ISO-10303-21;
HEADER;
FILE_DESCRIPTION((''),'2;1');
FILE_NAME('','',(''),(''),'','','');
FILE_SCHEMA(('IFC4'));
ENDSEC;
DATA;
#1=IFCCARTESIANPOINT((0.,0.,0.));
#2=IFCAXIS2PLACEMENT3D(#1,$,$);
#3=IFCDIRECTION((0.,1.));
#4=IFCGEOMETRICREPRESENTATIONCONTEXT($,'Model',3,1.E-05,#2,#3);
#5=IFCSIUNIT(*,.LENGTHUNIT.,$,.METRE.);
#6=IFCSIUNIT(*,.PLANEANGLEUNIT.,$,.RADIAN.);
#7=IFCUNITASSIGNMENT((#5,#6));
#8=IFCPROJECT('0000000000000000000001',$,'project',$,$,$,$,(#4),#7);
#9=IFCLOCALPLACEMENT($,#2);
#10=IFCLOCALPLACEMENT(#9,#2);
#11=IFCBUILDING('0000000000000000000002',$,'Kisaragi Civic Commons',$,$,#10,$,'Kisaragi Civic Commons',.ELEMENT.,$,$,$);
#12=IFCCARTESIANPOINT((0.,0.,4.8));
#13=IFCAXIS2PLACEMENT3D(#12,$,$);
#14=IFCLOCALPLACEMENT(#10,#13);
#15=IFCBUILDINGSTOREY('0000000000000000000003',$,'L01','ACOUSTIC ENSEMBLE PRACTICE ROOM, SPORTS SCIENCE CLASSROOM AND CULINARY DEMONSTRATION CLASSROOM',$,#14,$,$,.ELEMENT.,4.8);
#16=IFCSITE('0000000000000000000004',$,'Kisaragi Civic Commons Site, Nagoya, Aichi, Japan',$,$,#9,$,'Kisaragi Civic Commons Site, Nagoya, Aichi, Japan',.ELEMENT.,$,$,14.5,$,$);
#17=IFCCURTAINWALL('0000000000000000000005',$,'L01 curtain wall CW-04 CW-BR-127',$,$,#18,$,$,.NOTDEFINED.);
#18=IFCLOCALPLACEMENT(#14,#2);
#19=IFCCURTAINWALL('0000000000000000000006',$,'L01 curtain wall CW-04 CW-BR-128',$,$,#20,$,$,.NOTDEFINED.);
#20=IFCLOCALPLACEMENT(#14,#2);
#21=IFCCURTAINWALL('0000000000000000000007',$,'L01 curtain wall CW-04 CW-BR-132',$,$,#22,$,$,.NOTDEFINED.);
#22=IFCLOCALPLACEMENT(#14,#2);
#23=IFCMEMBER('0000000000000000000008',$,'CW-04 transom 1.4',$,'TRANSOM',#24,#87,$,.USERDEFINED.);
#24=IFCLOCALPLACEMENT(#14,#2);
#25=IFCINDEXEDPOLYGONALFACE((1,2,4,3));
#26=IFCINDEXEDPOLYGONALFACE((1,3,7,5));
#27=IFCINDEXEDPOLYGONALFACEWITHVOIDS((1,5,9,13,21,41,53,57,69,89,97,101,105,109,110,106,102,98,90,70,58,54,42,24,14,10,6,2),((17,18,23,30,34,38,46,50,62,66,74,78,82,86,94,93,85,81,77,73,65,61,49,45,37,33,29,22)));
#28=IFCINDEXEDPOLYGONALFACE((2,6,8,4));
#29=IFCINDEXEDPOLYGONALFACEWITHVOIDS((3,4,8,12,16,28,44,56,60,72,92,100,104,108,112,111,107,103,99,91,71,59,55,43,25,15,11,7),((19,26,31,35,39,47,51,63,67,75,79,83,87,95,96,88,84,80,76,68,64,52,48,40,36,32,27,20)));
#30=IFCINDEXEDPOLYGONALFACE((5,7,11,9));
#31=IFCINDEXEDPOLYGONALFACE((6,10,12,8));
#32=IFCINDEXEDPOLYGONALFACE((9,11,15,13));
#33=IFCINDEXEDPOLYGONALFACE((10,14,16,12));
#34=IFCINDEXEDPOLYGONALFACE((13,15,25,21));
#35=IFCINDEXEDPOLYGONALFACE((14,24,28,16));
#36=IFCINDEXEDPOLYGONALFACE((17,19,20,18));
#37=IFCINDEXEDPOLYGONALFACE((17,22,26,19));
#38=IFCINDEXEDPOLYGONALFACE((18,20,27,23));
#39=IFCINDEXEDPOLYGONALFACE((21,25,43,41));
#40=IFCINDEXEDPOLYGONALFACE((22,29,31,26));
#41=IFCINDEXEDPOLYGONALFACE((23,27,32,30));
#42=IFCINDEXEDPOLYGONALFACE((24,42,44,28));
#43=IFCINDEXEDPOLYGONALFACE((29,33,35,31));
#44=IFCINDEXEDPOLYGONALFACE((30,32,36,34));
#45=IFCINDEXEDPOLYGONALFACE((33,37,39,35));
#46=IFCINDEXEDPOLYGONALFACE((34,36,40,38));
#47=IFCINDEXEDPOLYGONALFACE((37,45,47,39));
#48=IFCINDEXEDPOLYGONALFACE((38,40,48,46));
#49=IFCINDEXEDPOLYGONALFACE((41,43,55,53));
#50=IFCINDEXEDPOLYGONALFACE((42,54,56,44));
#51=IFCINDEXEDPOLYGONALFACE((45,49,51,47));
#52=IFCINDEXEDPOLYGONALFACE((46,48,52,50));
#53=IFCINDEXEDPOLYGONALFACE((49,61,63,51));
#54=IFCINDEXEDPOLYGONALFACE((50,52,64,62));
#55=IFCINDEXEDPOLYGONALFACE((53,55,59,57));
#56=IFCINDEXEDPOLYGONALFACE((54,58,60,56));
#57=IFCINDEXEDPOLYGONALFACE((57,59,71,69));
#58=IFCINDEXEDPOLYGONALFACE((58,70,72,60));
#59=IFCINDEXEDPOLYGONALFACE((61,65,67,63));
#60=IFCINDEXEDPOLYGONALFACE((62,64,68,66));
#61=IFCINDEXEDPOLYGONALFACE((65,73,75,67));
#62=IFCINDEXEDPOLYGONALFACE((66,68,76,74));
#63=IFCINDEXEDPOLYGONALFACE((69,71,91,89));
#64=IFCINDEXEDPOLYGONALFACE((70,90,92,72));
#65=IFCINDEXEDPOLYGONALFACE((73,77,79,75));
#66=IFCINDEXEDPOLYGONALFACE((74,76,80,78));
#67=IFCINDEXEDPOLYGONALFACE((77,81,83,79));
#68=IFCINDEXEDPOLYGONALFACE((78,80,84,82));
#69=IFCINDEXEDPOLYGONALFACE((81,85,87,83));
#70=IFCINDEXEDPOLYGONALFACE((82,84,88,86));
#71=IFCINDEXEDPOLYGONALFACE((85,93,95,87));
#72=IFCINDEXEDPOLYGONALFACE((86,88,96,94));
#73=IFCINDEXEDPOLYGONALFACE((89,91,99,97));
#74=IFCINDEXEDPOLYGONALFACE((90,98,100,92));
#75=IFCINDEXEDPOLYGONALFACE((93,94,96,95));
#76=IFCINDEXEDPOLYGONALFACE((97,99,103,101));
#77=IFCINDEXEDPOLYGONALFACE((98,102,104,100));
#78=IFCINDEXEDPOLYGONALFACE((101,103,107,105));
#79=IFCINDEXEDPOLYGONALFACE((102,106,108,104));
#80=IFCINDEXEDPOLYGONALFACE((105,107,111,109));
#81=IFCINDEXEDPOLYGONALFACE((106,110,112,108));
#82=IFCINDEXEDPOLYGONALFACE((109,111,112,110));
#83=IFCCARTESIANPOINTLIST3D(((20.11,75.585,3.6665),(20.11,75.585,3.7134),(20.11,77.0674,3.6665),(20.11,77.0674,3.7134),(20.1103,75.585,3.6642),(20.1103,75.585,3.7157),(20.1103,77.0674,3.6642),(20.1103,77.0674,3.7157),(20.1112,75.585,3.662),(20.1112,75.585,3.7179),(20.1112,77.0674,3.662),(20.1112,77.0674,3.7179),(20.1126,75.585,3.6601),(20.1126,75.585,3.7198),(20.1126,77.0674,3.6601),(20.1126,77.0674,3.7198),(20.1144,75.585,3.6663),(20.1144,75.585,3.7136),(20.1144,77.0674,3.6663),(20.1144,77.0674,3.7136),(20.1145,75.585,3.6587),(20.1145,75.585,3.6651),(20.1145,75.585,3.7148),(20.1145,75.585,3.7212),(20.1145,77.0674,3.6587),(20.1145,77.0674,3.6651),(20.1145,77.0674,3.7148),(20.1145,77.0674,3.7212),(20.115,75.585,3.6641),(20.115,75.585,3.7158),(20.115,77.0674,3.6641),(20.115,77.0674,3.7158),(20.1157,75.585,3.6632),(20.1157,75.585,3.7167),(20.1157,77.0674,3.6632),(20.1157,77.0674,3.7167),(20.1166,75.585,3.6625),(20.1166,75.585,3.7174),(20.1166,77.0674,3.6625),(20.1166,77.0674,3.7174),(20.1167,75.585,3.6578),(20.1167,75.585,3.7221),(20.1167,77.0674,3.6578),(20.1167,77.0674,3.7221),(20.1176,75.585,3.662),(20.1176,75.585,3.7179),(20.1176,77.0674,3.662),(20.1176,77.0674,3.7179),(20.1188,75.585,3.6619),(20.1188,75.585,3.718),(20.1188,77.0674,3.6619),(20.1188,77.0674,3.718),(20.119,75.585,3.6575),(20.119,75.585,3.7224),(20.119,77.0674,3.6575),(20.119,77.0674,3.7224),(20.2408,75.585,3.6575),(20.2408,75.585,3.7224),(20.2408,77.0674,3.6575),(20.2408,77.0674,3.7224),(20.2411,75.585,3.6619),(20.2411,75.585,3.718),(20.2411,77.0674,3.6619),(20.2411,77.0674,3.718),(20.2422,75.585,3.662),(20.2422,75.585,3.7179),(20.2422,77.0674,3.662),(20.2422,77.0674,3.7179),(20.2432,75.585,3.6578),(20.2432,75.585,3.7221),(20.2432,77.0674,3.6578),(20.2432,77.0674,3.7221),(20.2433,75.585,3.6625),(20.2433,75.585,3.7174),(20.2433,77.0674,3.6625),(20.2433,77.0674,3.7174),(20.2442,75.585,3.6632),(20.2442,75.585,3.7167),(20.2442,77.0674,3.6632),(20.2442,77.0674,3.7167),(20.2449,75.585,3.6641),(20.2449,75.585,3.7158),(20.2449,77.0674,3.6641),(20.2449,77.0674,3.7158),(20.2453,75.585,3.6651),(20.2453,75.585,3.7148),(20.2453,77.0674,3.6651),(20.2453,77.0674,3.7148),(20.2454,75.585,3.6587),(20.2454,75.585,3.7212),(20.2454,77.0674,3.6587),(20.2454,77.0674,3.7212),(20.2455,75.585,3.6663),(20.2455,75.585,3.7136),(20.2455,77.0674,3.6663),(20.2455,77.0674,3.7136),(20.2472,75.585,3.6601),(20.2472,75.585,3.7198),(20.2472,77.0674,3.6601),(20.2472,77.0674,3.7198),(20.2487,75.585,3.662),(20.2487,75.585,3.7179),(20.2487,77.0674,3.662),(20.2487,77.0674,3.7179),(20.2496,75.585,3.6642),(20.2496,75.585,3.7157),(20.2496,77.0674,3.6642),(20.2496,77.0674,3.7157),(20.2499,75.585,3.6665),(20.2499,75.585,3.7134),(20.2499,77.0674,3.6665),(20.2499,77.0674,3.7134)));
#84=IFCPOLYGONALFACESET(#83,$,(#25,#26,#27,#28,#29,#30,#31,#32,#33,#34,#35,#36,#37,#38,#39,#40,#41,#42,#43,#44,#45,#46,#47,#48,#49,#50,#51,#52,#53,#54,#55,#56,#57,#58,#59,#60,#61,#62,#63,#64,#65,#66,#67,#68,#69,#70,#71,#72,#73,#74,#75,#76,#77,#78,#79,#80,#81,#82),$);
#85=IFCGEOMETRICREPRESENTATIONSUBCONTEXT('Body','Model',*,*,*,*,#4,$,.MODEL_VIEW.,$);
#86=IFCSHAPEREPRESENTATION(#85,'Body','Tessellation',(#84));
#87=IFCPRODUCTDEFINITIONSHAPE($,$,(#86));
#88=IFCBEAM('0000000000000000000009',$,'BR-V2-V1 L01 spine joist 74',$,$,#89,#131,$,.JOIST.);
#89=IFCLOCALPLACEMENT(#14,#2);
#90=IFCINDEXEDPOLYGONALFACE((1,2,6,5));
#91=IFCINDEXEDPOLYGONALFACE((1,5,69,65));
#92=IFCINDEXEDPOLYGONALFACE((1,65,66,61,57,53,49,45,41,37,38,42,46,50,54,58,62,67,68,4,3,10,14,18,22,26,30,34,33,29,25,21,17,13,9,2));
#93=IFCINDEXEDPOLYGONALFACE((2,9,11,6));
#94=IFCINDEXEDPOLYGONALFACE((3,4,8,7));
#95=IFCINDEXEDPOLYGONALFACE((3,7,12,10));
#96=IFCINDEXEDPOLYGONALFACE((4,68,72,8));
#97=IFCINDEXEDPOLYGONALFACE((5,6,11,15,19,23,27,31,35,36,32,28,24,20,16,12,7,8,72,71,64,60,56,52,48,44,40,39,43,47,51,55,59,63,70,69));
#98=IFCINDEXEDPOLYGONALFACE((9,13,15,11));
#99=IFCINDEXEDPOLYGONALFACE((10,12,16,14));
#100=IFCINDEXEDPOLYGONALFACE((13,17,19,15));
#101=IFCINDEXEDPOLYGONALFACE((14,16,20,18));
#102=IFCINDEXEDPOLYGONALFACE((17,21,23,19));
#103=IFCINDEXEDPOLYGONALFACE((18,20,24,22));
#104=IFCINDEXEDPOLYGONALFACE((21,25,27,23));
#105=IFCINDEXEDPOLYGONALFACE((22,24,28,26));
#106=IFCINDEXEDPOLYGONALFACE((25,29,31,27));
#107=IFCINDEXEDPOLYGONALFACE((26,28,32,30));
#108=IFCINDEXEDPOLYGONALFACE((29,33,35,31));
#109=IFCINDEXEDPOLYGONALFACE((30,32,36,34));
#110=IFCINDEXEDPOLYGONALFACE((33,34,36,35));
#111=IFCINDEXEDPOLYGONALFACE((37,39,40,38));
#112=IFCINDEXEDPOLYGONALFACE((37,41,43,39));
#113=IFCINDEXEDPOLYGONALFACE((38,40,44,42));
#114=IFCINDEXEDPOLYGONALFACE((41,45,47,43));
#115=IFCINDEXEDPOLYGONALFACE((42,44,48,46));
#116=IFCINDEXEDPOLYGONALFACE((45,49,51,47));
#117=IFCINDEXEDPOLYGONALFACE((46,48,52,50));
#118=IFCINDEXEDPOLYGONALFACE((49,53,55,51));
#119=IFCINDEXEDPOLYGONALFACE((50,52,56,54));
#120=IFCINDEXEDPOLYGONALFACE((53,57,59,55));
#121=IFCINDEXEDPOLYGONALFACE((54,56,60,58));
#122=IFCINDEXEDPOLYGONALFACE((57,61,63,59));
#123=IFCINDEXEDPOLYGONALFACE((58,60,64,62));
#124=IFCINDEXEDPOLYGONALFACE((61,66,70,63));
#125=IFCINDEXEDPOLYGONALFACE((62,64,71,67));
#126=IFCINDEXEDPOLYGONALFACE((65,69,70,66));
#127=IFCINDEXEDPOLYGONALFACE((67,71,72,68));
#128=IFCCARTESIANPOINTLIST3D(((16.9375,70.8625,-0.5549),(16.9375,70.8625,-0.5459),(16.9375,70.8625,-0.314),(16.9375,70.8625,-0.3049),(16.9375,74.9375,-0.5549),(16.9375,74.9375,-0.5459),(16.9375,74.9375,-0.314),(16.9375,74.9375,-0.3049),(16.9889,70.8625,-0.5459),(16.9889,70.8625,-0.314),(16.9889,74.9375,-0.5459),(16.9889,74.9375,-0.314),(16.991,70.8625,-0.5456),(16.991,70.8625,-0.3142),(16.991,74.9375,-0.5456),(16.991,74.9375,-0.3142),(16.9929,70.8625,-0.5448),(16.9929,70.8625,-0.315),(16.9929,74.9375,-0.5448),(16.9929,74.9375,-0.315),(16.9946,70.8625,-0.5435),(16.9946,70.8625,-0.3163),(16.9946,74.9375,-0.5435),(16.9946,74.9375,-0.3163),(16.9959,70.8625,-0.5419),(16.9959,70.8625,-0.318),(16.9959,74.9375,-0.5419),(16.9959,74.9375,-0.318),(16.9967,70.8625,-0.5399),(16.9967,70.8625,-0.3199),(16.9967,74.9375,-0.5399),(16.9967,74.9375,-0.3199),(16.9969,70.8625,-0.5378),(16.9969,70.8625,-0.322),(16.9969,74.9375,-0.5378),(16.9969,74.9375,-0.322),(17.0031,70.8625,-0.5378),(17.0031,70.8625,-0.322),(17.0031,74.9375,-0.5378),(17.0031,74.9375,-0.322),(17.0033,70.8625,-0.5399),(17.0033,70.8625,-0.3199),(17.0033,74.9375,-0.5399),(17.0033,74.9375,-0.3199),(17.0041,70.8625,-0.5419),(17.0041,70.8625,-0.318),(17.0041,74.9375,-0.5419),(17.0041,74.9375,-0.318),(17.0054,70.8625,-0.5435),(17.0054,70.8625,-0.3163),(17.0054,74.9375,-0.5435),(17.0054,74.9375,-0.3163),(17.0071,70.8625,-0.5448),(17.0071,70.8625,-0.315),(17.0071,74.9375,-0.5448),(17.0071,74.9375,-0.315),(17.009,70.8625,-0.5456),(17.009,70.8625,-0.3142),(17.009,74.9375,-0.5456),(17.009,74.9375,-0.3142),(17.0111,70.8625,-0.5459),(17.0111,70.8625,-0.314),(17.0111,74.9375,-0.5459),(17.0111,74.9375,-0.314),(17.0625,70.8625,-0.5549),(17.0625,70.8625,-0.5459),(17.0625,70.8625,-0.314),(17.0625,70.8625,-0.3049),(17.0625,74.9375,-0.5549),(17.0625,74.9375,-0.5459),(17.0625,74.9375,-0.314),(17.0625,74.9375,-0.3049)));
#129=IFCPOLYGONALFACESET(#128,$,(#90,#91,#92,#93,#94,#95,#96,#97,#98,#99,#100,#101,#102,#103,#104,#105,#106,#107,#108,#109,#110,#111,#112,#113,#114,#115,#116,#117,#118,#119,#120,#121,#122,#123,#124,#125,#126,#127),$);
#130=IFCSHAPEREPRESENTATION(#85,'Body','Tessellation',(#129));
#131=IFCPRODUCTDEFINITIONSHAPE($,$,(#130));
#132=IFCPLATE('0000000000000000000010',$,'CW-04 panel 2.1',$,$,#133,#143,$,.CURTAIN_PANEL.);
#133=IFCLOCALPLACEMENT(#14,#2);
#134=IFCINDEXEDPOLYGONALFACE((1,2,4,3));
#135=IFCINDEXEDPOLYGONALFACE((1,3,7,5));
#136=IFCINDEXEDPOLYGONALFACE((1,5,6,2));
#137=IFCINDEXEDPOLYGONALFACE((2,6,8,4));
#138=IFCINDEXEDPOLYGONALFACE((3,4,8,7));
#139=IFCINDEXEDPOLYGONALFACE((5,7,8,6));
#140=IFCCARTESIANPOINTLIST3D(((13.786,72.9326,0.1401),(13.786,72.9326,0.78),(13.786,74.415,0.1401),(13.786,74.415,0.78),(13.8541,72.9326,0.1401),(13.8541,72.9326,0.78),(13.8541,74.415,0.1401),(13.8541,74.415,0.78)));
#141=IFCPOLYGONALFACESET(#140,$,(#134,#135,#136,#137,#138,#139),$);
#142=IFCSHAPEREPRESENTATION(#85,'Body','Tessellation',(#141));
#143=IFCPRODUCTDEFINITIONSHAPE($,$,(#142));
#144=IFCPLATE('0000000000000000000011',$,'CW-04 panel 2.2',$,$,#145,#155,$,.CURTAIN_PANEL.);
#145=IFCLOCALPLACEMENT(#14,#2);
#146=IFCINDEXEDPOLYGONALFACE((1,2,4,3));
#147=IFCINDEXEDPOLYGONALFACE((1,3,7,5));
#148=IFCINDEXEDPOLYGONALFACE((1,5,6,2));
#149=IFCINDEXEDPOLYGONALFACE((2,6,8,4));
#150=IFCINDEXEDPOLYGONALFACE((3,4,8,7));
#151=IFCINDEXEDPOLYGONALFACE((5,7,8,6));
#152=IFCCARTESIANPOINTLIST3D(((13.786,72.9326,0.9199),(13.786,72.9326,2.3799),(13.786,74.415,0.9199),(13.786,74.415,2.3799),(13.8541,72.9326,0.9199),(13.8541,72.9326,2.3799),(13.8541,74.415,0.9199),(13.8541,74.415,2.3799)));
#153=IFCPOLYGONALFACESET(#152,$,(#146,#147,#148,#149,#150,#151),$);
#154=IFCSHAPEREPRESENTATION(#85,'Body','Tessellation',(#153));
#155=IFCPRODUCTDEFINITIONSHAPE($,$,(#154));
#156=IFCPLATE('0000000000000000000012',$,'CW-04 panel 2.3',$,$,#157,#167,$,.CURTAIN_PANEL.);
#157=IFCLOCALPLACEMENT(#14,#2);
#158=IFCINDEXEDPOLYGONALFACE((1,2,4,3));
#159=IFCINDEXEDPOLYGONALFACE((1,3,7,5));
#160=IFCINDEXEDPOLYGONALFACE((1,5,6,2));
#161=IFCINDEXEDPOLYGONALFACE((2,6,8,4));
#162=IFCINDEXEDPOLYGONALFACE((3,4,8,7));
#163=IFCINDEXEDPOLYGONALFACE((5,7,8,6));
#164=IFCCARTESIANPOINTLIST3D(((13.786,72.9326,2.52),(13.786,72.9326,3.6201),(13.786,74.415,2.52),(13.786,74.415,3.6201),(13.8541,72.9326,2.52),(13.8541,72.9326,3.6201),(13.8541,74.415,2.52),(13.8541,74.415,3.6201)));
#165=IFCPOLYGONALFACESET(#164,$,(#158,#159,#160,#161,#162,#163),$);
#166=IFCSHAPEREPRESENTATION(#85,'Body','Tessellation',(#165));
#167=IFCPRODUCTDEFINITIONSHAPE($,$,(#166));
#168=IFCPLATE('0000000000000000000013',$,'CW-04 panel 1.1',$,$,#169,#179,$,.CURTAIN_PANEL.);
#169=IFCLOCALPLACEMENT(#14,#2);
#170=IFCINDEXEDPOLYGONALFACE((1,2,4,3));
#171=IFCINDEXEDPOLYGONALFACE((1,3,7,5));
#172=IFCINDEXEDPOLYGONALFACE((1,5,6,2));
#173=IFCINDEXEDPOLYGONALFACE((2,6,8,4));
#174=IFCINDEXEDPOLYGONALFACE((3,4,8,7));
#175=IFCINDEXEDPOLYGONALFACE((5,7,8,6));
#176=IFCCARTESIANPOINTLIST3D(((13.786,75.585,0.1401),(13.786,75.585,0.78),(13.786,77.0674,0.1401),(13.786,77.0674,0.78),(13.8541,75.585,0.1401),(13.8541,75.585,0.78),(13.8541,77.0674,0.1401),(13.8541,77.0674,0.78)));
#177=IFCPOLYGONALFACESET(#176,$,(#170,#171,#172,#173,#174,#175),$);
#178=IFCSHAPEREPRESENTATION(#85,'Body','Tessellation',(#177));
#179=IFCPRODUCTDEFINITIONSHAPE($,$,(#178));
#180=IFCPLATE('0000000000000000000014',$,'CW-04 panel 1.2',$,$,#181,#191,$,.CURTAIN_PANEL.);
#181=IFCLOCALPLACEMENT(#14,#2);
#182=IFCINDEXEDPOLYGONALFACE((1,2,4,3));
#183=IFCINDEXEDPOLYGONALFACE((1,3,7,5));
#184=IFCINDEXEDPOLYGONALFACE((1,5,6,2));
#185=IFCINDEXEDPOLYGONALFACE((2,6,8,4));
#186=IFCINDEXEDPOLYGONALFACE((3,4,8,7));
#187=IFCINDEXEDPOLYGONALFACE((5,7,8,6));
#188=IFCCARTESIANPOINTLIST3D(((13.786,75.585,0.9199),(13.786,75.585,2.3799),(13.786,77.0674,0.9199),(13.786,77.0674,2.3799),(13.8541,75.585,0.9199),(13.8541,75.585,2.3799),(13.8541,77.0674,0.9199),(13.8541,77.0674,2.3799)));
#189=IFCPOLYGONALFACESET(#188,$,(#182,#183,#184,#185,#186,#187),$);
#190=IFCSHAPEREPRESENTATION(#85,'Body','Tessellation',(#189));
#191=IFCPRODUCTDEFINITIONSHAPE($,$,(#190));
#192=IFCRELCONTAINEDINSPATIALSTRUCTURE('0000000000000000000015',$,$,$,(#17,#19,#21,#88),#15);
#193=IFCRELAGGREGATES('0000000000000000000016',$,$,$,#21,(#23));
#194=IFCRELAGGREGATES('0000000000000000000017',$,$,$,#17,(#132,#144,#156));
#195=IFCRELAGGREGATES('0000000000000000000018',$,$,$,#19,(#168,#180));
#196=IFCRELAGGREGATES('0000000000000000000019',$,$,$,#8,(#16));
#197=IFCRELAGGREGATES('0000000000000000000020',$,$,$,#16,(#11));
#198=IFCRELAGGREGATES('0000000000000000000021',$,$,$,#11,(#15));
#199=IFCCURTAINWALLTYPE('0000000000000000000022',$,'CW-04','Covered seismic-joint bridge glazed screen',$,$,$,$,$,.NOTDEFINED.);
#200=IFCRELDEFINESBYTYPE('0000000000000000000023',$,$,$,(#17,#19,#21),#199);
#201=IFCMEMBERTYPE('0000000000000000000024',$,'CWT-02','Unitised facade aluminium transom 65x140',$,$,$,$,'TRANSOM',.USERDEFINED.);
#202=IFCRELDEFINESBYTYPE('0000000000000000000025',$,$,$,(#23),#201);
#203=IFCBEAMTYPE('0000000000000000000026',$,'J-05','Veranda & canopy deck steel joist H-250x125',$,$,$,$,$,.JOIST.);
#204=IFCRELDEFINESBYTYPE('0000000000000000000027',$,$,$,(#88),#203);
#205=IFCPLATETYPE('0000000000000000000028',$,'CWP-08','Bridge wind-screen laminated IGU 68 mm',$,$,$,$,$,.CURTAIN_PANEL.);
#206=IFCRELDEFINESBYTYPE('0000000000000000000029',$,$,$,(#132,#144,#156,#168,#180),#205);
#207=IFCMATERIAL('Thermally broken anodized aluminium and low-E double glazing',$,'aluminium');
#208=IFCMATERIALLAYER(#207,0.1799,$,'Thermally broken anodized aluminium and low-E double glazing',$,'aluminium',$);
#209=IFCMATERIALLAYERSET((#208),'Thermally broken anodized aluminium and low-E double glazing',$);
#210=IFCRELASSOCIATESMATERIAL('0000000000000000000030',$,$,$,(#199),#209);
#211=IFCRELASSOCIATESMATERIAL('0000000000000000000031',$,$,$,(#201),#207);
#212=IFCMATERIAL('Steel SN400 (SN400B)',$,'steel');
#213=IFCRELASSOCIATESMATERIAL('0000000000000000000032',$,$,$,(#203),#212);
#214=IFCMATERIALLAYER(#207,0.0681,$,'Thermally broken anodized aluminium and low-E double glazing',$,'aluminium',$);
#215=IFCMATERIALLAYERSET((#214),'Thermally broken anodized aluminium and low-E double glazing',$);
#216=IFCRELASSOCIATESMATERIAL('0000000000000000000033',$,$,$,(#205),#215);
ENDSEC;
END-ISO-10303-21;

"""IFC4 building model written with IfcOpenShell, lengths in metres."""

from ifc_helpers import new_model, si_unit, direction, frame, origin, origin_2d, place, context, subcontext, project, spatial, rectangle, hollow_rectangle, i_section, extrude, material, layer, layer_set, material_profile, profile_set, type_object, element, aggregate, save


model = new_model("IFC4")

# Units and contexts
model_context = context("Model", 3, precision=1e-05, world=origin(), true_north=direction((0.0, 1.0)))
body_context = subcontext(model_context, "Body", "Model", "MODEL_VIEW")
ifc_project = project(units=[si_unit("LENGTHUNIT", "METRE"), si_unit("PLANEANGLEUNIT", "RADIAN")], contexts=[model_context])

# Site, building, storey
site_placement = place(None, origin())
site = spatial("IfcSite", under=ifc_project, at=site_placement, Name="Kisaragi Civic Commons Site, Nagoya, Aichi, Japan", LongName="Kisaragi Civic Commons Site, Nagoya, Aichi, Japan", CompositionType="ELEMENT", RefElevation=14.5)
building_placement = place(site_placement, origin())
building = spatial("IfcBuilding", under=site, at=building_placement, Name="Kisaragi Civic Commons", LongName="Kisaragi Civic Commons", CompositionType="ELEMENT")
storey_placement = place(building_placement, frame((0.0, 0.0, 4.8)))
storey = spatial("IfcBuildingStorey", under=building, at=storey_placement, Name="L01", Description="ACOUSTIC ENSEMBLE PRACTICE ROOM, SPORTS SCIENCE CLASSROOM AND CULINARY DEMONSTRATION CLASSROOM", CompositionType="ELEMENT", Elevation=4.8)

# Curtain walls
ifc_material_1 = material(Name="Thermally broken anodized aluminium and low-E double glazing", Category="aluminium")
ifc_layer_1 = layer(ifc_material_1, 0.1799, Name="Thermally broken anodized aluminium and low-E double glazing", Category="aluminium")
ifc_layer_set_1 = layer_set([ifc_layer_1], Name="Thermally broken anodized aluminium and low-E double glazing")
curtain_wall_type = type_object("IfcCurtainWallType", Name="CW-04", Description="Covered seismic-joint bridge glazed screen", PredefinedType="NOTDEFINED", material=ifc_layer_set_1)
curtain_wall_1_placement = place(storey_placement, origin())
curtain_wall_1 = element("IfcCurtainWall", 1, at=curtain_wall_1_placement, inside=storey, type_object=curtain_wall_type, Name="L01 curtain wall CW-04 CW-BR-127", PredefinedType="NOTDEFINED")
curtain_wall_2_placement = place(storey_placement, origin())
curtain_wall_2 = element("IfcCurtainWall", 2, at=curtain_wall_2_placement, inside=storey, type_object=curtain_wall_type, Name="L01 curtain wall CW-04 CW-BR-128", PredefinedType="NOTDEFINED")
curtain_wall_3_placement = place(storey_placement, origin())
curtain_wall_3 = element("IfcCurtainWall", 3, at=curtain_wall_3_placement, inside=storey, type_object=curtain_wall_type, Name="L01 curtain wall CW-04 CW-BR-132", PredefinedType="NOTDEFINED")

# Member
ifc_material_profile_1 = material_profile(ifc_material_1, hollow_rectangle(XDim=0.1399, YDim=0.0649, WallThickness=0.0044, InnerFilletRadius=0.0044, OuterFilletRadius=0.009, at=origin_2d()), Name="CWT-65x140x4.5", Category="aluminium")
ifc_profile_set_1 = profile_set([ifc_material_profile_1], Name="Thermally broken anodized aluminium and low-E double glazing")
member_type_1 = type_object("IfcMemberType", Name="CWT-02", Description="Unitised facade aluminium transom 65x140", ElementType="TRANSOM", PredefinedType="USERDEFINED", material=ifc_profile_set_1)
member_1_placement = place(storey_placement, frame((20.1799, 75.585, 3.6899), z_axis=(0.0, 1.0, 0.0), x_axis=(-1.0, 0.0, 0.0)))
member_1 = element("IfcMember", 4, at=member_1_placement, type_object=member_type_1, Name="CW-04 transom 1.4", ObjectType="TRANSOM", PredefinedType="USERDEFINED", context=body_context, shape_type="SweptSolid", body=[
    extrude(hollow_rectangle(XDim=0.1399, YDim=0.0649, WallThickness=0.0044, InnerFilletRadius=0.0044, OuterFilletRadius=0.009, at=origin_2d()), origin(), (0.0, 0.0, 1.0), 1.4824),
])
aggregate(curtain_wall_3, [member_1])

# Beam
ifc_material_2 = material(Name="Steel SN400 (SN400B)", Category="steel")
ifc_material_profile_2 = material_profile(ifc_material_2, i_section(OverallWidth=0.125, OverallDepth=0.25, WebThickness=0.0061, FlangeThickness=0.009, FilletRadius=0.0081, at=origin_2d()), Name="H-250x125x6x9", Category="steel")
ifc_profile_set_2 = profile_set([ifc_material_profile_2], Name="Steel SN400 (SN400B)")
beam_type = type_object("IfcBeamType", Name="J-05", Description="Veranda & canopy deck steel joist H-250x125", PredefinedType="JOIST", material=ifc_profile_set_2)
beam_placement = place(storey_placement, frame((17.0, 74.9375, -0.4299), z_axis=(0.0, -1.0, 0.0), x_axis=(1.0, 0.0, 0.0)))
element("IfcBeam", 5, at=beam_placement, inside=storey, type_object=beam_type, Name="BR-V2-V1 L01 spine joist 74", PredefinedType="JOIST", context=body_context, shape_type="SweptSolid", body=[
    extrude(i_section(OverallWidth=0.125, OverallDepth=0.25, WebThickness=0.0061, FlangeThickness=0.009, FilletRadius=0.0081, at=origin_2d()), origin(), (0.0, 0.0, 1.0), 4.075),
])

# Plates
ifc_layer_2 = layer(ifc_material_1, 0.0681, Name="Thermally broken anodized aluminium and low-E double glazing", Category="aluminium")
ifc_layer_set_2 = layer_set([ifc_layer_2], Name="Thermally broken anodized aluminium and low-E double glazing")
plate_type = type_object("IfcPlateType", Name="CWP-08", Description="Bridge wind-screen laminated IGU 68 mm", PredefinedType="CURTAIN_PANEL", material=ifc_layer_set_2)
plate_1_placement = place(storey_placement, frame((13.8201, 73.6738, 0.1401), z_axis=(0.0, 0.0, 1.0), x_axis=(0.0, 1.0, 0.0)))
plate_1 = element("IfcPlate", 6, at=plate_1_placement, type_object=plate_type, Name="CW-04 panel 2.1", PredefinedType="CURTAIN_PANEL", context=body_context, shape_type="SweptSolid", body=[
    extrude(rectangle(XDim=1.4824, YDim=0.0681, at=origin_2d()), origin(), (0.0, 0.0, 1.0), 0.6399),
])
plate_2_placement = place(storey_placement, frame((13.8201, 73.6738, 0.9199), z_axis=(0.0, 0.0, 1.0), x_axis=(0.0, 1.0, 0.0)))
plate_2 = element("IfcPlate", 7, at=plate_2_placement, type_object=plate_type, Name="CW-04 panel 2.2", PredefinedType="CURTAIN_PANEL", context=body_context, shape_type="SweptSolid", body=[
    extrude(rectangle(XDim=1.4824, YDim=0.0681, at=origin_2d()), origin(), (0.0, 0.0, 1.0), 1.46),
])
plate_3_placement = place(storey_placement, frame((13.8201, 73.6738, 2.52), z_axis=(0.0, 0.0, 1.0), x_axis=(0.0, 1.0, 0.0)))
plate_3 = element("IfcPlate", 8, at=plate_3_placement, type_object=plate_type, Name="CW-04 panel 2.3", PredefinedType="CURTAIN_PANEL", context=body_context, shape_type="SweptSolid", body=[
    extrude(rectangle(XDim=1.4824, YDim=0.0681, at=origin_2d()), origin(), (0.0, 0.0, 1.0), 1.1001),
])
aggregate(curtain_wall_1, [plate_1, plate_2, plate_3])
plate_4_placement = place(storey_placement, frame((13.8201, 76.3262, 0.1401), z_axis=(0.0, 0.0, 1.0), x_axis=(0.0, 1.0, 0.0)))
plate_4 = element("IfcPlate", 9, at=plate_4_placement, type_object=plate_type, Name="CW-04 panel 1.1", PredefinedType="CURTAIN_PANEL", context=body_context, shape_type="SweptSolid", body=[
    extrude(rectangle(XDim=1.4824, YDim=0.0681, at=origin_2d()), origin(), (0.0, 0.0, 1.0), 0.6399),
])
plate_5_placement = place(storey_placement, frame((13.8201, 76.3262, 0.9199), z_axis=(0.0, 0.0, 1.0), x_axis=(0.0, 1.0, 0.0)))
plate_5 = element("IfcPlate", 10, at=plate_5_placement, type_object=plate_type, Name="CW-04 panel 1.2", PredefinedType="CURTAIN_PANEL", context=body_context, shape_type="SweptSolid", body=[
    extrude(rectangle(XDim=1.4824, YDim=0.0681, at=origin_2d()), origin(), (0.0, 0.0, 1.0), 1.46),
])
aggregate(curtain_wall_2, [plate_4, plate_5])

save(model, "model.ifc")
